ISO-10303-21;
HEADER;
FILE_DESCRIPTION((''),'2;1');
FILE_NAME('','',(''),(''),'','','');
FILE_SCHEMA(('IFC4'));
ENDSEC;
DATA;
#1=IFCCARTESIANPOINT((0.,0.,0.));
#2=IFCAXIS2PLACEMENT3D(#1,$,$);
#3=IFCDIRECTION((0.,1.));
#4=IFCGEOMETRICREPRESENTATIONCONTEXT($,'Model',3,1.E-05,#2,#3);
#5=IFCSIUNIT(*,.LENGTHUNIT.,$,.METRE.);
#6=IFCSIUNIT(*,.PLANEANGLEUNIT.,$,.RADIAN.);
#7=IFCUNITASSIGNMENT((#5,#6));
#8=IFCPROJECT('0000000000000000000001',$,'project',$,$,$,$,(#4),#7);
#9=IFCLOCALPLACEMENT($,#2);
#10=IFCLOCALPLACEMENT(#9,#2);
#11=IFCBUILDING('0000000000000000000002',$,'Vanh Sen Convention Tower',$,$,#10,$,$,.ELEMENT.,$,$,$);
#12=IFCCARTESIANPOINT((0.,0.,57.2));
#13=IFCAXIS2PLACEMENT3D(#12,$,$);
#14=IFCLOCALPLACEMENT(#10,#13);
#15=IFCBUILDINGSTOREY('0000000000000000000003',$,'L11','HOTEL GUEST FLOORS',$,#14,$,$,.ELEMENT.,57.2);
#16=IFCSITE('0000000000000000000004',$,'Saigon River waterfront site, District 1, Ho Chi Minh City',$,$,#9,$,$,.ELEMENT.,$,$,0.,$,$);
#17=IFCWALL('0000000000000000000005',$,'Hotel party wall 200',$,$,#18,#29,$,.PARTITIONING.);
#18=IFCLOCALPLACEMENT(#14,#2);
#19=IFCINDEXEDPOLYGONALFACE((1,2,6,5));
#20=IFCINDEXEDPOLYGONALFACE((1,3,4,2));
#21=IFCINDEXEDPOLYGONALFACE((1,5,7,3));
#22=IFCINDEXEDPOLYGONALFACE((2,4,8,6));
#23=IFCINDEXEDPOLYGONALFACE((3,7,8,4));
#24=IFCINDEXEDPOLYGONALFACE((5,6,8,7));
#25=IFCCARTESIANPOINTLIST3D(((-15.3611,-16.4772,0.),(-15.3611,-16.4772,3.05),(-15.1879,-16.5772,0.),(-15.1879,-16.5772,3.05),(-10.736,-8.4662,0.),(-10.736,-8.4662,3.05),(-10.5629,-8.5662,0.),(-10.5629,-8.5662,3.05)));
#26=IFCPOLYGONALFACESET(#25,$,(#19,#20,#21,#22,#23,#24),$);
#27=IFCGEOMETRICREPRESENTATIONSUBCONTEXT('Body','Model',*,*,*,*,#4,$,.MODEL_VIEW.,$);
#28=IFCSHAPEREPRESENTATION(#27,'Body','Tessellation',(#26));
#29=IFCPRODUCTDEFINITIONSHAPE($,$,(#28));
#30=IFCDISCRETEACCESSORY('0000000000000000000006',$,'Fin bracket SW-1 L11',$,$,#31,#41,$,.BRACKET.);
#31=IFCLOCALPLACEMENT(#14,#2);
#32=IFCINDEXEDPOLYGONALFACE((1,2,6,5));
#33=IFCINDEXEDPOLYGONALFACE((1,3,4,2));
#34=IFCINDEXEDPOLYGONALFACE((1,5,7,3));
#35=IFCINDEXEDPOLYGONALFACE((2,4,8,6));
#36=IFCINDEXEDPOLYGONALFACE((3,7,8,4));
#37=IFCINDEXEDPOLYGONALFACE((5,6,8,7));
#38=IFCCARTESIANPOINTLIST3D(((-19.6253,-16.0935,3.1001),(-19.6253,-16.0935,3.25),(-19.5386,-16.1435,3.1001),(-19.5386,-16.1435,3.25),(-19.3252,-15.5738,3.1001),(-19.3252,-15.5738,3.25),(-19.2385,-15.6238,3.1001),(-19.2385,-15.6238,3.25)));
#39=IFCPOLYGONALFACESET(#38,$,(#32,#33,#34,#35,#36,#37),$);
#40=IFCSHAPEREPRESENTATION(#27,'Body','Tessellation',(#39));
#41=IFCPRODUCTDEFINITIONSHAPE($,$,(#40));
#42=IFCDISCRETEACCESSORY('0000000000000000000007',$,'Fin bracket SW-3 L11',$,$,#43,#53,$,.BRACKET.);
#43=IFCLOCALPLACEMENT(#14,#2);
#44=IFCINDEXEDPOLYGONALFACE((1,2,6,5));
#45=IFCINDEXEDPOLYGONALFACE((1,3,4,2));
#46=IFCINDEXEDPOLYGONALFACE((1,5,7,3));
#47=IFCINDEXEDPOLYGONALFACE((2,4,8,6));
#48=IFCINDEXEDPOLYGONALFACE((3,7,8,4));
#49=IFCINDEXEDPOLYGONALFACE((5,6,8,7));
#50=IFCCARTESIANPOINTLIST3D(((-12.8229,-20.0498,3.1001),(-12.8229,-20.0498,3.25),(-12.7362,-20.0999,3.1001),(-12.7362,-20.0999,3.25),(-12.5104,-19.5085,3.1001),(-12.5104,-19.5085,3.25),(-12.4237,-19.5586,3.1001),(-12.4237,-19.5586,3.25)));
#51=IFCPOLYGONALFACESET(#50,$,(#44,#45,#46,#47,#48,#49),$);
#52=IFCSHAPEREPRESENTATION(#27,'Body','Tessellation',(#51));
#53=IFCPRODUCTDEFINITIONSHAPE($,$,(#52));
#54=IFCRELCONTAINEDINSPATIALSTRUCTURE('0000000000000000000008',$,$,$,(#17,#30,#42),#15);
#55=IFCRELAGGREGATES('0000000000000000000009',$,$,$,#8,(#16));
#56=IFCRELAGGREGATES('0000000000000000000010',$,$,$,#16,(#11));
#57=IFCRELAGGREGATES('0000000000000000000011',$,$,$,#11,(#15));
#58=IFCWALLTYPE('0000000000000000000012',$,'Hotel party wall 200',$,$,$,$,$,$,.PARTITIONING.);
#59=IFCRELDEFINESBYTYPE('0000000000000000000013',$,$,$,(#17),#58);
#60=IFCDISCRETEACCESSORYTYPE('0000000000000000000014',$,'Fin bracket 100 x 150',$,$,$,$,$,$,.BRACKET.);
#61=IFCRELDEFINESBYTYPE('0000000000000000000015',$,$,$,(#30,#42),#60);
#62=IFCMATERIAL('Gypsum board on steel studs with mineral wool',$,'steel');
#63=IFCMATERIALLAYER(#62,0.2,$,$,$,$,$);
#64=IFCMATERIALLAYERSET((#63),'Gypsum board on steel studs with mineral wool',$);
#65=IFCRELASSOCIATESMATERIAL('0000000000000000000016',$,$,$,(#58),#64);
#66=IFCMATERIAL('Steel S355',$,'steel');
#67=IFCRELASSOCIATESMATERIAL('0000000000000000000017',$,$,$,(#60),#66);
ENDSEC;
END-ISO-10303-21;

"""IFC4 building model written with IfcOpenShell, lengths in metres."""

from ifc_helpers import new_model, si_unit, direction, frame, frame_2d, origin, origin_2d, place, context, subcontext, project, spatial, rectangle, extrude, material, layer, layer_set, type_object, element, save


model = new_model("IFC4")

# Units and contexts
model_context = context("Model", 3, precision=1e-05, world=origin(), true_north=direction((0.0, 1.0)))
body_context = subcontext(model_context, "Body", "Model", "MODEL_VIEW")
ifc_project = project(units=[si_unit("LENGTHUNIT", "METRE"), si_unit("PLANEANGLEUNIT", "RADIAN")], contexts=[model_context])

# Site, building, storey
site_placement = place(None, origin())
site = spatial("IfcSite", under=ifc_project, at=site_placement, Name="Saigon River waterfront site, District 1, Ho Chi Minh City", CompositionType="ELEMENT", RefElevation=0.0)
building_placement = place(site_placement, origin())
building = spatial("IfcBuilding", under=site, at=building_placement, Name="Vanh Sen Convention Tower", CompositionType="ELEMENT")
storey_placement = place(building_placement, frame((0.0, 0.0, 57.2)))
storey = spatial("IfcBuildingStorey", under=building, at=storey_placement, Name="L11", Description="HOTEL GUEST FLOORS", CompositionType="ELEMENT", Elevation=57.2)

# Wall
ifc_material_1 = material(Name="Gypsum board on steel studs with mineral wool", Category="steel")
ifc_layer_1 = layer(ifc_material_1, 0.2)
ifc_layer_set_1 = layer_set([ifc_layer_1], Name="Gypsum board on steel studs with mineral wool")
wall_type_1 = type_object("IfcWallType", Name="Hotel party wall 200", PredefinedType="PARTITIONING", material=ifc_layer_set_1)
wall_1_placement = place(storey_placement, frame((-15.2744, -16.5271, 0.0), z_axis=(0.0, 0.0, 1.0), x_axis=(0.499988, 0.866032, 0.0)))
element("IfcWall", 1, at=wall_1_placement, inside=storey, type_object=wall_type_1, Name="Hotel party wall 200", PredefinedType="PARTITIONING", context=body_context, shape_type="SweptSolid", body=[
    extrude(rectangle(XDim=9.2502, YDim=0.2, at=frame_2d((4.625, 0.0))), origin(), (0.0, 0.0, 1.0), 3.05),
])

# Discrete accessories
ifc_material_2 = material(Name="Steel S355", Category="steel")
discrete_accessory_type = type_object("IfcDiscreteAccessoryType", Name="Fin bracket 100 x 150", PredefinedType="BRACKET", material=ifc_material_2)
discrete_accessory_1_placement = place(storey_placement, frame((-19.4319, -15.8586, 3.1001), z_axis=(0.0, 0.0, 1.0), x_axis=(-0.5, -0.866025, 0.0)))
element("IfcDiscreteAccessory", 2, at=discrete_accessory_1_placement, inside=storey, type_object=discrete_accessory_type, Name="Fin bracket SW-1 L11", PredefinedType="BRACKET", context=body_context, shape_type="SweptSolid", body=[
    extrude(rectangle(XDim=0.6001, YDim=0.1001, at=origin_2d()), origin(), (0.0, 0.0, 1.0), 0.1499),
])
discrete_accessory_2_placement = place(storey_placement, frame((-12.6233, -19.8042, 3.1001), z_axis=(0.0, 0.0, 1.0), x_axis=(-0.5, -0.866025, 0.0)))
element("IfcDiscreteAccessory", 3, at=discrete_accessory_2_placement, inside=storey, type_object=discrete_accessory_type, Name="Fin bracket SW-3 L11", PredefinedType="BRACKET", context=body_context, shape_type="SweptSolid", body=[
    extrude(rectangle(XDim=0.625, YDim=0.1001, at=origin_2d()), origin(), (0.0, 0.0, 1.0), 0.1499),
])

save(model, "model.ifc")
